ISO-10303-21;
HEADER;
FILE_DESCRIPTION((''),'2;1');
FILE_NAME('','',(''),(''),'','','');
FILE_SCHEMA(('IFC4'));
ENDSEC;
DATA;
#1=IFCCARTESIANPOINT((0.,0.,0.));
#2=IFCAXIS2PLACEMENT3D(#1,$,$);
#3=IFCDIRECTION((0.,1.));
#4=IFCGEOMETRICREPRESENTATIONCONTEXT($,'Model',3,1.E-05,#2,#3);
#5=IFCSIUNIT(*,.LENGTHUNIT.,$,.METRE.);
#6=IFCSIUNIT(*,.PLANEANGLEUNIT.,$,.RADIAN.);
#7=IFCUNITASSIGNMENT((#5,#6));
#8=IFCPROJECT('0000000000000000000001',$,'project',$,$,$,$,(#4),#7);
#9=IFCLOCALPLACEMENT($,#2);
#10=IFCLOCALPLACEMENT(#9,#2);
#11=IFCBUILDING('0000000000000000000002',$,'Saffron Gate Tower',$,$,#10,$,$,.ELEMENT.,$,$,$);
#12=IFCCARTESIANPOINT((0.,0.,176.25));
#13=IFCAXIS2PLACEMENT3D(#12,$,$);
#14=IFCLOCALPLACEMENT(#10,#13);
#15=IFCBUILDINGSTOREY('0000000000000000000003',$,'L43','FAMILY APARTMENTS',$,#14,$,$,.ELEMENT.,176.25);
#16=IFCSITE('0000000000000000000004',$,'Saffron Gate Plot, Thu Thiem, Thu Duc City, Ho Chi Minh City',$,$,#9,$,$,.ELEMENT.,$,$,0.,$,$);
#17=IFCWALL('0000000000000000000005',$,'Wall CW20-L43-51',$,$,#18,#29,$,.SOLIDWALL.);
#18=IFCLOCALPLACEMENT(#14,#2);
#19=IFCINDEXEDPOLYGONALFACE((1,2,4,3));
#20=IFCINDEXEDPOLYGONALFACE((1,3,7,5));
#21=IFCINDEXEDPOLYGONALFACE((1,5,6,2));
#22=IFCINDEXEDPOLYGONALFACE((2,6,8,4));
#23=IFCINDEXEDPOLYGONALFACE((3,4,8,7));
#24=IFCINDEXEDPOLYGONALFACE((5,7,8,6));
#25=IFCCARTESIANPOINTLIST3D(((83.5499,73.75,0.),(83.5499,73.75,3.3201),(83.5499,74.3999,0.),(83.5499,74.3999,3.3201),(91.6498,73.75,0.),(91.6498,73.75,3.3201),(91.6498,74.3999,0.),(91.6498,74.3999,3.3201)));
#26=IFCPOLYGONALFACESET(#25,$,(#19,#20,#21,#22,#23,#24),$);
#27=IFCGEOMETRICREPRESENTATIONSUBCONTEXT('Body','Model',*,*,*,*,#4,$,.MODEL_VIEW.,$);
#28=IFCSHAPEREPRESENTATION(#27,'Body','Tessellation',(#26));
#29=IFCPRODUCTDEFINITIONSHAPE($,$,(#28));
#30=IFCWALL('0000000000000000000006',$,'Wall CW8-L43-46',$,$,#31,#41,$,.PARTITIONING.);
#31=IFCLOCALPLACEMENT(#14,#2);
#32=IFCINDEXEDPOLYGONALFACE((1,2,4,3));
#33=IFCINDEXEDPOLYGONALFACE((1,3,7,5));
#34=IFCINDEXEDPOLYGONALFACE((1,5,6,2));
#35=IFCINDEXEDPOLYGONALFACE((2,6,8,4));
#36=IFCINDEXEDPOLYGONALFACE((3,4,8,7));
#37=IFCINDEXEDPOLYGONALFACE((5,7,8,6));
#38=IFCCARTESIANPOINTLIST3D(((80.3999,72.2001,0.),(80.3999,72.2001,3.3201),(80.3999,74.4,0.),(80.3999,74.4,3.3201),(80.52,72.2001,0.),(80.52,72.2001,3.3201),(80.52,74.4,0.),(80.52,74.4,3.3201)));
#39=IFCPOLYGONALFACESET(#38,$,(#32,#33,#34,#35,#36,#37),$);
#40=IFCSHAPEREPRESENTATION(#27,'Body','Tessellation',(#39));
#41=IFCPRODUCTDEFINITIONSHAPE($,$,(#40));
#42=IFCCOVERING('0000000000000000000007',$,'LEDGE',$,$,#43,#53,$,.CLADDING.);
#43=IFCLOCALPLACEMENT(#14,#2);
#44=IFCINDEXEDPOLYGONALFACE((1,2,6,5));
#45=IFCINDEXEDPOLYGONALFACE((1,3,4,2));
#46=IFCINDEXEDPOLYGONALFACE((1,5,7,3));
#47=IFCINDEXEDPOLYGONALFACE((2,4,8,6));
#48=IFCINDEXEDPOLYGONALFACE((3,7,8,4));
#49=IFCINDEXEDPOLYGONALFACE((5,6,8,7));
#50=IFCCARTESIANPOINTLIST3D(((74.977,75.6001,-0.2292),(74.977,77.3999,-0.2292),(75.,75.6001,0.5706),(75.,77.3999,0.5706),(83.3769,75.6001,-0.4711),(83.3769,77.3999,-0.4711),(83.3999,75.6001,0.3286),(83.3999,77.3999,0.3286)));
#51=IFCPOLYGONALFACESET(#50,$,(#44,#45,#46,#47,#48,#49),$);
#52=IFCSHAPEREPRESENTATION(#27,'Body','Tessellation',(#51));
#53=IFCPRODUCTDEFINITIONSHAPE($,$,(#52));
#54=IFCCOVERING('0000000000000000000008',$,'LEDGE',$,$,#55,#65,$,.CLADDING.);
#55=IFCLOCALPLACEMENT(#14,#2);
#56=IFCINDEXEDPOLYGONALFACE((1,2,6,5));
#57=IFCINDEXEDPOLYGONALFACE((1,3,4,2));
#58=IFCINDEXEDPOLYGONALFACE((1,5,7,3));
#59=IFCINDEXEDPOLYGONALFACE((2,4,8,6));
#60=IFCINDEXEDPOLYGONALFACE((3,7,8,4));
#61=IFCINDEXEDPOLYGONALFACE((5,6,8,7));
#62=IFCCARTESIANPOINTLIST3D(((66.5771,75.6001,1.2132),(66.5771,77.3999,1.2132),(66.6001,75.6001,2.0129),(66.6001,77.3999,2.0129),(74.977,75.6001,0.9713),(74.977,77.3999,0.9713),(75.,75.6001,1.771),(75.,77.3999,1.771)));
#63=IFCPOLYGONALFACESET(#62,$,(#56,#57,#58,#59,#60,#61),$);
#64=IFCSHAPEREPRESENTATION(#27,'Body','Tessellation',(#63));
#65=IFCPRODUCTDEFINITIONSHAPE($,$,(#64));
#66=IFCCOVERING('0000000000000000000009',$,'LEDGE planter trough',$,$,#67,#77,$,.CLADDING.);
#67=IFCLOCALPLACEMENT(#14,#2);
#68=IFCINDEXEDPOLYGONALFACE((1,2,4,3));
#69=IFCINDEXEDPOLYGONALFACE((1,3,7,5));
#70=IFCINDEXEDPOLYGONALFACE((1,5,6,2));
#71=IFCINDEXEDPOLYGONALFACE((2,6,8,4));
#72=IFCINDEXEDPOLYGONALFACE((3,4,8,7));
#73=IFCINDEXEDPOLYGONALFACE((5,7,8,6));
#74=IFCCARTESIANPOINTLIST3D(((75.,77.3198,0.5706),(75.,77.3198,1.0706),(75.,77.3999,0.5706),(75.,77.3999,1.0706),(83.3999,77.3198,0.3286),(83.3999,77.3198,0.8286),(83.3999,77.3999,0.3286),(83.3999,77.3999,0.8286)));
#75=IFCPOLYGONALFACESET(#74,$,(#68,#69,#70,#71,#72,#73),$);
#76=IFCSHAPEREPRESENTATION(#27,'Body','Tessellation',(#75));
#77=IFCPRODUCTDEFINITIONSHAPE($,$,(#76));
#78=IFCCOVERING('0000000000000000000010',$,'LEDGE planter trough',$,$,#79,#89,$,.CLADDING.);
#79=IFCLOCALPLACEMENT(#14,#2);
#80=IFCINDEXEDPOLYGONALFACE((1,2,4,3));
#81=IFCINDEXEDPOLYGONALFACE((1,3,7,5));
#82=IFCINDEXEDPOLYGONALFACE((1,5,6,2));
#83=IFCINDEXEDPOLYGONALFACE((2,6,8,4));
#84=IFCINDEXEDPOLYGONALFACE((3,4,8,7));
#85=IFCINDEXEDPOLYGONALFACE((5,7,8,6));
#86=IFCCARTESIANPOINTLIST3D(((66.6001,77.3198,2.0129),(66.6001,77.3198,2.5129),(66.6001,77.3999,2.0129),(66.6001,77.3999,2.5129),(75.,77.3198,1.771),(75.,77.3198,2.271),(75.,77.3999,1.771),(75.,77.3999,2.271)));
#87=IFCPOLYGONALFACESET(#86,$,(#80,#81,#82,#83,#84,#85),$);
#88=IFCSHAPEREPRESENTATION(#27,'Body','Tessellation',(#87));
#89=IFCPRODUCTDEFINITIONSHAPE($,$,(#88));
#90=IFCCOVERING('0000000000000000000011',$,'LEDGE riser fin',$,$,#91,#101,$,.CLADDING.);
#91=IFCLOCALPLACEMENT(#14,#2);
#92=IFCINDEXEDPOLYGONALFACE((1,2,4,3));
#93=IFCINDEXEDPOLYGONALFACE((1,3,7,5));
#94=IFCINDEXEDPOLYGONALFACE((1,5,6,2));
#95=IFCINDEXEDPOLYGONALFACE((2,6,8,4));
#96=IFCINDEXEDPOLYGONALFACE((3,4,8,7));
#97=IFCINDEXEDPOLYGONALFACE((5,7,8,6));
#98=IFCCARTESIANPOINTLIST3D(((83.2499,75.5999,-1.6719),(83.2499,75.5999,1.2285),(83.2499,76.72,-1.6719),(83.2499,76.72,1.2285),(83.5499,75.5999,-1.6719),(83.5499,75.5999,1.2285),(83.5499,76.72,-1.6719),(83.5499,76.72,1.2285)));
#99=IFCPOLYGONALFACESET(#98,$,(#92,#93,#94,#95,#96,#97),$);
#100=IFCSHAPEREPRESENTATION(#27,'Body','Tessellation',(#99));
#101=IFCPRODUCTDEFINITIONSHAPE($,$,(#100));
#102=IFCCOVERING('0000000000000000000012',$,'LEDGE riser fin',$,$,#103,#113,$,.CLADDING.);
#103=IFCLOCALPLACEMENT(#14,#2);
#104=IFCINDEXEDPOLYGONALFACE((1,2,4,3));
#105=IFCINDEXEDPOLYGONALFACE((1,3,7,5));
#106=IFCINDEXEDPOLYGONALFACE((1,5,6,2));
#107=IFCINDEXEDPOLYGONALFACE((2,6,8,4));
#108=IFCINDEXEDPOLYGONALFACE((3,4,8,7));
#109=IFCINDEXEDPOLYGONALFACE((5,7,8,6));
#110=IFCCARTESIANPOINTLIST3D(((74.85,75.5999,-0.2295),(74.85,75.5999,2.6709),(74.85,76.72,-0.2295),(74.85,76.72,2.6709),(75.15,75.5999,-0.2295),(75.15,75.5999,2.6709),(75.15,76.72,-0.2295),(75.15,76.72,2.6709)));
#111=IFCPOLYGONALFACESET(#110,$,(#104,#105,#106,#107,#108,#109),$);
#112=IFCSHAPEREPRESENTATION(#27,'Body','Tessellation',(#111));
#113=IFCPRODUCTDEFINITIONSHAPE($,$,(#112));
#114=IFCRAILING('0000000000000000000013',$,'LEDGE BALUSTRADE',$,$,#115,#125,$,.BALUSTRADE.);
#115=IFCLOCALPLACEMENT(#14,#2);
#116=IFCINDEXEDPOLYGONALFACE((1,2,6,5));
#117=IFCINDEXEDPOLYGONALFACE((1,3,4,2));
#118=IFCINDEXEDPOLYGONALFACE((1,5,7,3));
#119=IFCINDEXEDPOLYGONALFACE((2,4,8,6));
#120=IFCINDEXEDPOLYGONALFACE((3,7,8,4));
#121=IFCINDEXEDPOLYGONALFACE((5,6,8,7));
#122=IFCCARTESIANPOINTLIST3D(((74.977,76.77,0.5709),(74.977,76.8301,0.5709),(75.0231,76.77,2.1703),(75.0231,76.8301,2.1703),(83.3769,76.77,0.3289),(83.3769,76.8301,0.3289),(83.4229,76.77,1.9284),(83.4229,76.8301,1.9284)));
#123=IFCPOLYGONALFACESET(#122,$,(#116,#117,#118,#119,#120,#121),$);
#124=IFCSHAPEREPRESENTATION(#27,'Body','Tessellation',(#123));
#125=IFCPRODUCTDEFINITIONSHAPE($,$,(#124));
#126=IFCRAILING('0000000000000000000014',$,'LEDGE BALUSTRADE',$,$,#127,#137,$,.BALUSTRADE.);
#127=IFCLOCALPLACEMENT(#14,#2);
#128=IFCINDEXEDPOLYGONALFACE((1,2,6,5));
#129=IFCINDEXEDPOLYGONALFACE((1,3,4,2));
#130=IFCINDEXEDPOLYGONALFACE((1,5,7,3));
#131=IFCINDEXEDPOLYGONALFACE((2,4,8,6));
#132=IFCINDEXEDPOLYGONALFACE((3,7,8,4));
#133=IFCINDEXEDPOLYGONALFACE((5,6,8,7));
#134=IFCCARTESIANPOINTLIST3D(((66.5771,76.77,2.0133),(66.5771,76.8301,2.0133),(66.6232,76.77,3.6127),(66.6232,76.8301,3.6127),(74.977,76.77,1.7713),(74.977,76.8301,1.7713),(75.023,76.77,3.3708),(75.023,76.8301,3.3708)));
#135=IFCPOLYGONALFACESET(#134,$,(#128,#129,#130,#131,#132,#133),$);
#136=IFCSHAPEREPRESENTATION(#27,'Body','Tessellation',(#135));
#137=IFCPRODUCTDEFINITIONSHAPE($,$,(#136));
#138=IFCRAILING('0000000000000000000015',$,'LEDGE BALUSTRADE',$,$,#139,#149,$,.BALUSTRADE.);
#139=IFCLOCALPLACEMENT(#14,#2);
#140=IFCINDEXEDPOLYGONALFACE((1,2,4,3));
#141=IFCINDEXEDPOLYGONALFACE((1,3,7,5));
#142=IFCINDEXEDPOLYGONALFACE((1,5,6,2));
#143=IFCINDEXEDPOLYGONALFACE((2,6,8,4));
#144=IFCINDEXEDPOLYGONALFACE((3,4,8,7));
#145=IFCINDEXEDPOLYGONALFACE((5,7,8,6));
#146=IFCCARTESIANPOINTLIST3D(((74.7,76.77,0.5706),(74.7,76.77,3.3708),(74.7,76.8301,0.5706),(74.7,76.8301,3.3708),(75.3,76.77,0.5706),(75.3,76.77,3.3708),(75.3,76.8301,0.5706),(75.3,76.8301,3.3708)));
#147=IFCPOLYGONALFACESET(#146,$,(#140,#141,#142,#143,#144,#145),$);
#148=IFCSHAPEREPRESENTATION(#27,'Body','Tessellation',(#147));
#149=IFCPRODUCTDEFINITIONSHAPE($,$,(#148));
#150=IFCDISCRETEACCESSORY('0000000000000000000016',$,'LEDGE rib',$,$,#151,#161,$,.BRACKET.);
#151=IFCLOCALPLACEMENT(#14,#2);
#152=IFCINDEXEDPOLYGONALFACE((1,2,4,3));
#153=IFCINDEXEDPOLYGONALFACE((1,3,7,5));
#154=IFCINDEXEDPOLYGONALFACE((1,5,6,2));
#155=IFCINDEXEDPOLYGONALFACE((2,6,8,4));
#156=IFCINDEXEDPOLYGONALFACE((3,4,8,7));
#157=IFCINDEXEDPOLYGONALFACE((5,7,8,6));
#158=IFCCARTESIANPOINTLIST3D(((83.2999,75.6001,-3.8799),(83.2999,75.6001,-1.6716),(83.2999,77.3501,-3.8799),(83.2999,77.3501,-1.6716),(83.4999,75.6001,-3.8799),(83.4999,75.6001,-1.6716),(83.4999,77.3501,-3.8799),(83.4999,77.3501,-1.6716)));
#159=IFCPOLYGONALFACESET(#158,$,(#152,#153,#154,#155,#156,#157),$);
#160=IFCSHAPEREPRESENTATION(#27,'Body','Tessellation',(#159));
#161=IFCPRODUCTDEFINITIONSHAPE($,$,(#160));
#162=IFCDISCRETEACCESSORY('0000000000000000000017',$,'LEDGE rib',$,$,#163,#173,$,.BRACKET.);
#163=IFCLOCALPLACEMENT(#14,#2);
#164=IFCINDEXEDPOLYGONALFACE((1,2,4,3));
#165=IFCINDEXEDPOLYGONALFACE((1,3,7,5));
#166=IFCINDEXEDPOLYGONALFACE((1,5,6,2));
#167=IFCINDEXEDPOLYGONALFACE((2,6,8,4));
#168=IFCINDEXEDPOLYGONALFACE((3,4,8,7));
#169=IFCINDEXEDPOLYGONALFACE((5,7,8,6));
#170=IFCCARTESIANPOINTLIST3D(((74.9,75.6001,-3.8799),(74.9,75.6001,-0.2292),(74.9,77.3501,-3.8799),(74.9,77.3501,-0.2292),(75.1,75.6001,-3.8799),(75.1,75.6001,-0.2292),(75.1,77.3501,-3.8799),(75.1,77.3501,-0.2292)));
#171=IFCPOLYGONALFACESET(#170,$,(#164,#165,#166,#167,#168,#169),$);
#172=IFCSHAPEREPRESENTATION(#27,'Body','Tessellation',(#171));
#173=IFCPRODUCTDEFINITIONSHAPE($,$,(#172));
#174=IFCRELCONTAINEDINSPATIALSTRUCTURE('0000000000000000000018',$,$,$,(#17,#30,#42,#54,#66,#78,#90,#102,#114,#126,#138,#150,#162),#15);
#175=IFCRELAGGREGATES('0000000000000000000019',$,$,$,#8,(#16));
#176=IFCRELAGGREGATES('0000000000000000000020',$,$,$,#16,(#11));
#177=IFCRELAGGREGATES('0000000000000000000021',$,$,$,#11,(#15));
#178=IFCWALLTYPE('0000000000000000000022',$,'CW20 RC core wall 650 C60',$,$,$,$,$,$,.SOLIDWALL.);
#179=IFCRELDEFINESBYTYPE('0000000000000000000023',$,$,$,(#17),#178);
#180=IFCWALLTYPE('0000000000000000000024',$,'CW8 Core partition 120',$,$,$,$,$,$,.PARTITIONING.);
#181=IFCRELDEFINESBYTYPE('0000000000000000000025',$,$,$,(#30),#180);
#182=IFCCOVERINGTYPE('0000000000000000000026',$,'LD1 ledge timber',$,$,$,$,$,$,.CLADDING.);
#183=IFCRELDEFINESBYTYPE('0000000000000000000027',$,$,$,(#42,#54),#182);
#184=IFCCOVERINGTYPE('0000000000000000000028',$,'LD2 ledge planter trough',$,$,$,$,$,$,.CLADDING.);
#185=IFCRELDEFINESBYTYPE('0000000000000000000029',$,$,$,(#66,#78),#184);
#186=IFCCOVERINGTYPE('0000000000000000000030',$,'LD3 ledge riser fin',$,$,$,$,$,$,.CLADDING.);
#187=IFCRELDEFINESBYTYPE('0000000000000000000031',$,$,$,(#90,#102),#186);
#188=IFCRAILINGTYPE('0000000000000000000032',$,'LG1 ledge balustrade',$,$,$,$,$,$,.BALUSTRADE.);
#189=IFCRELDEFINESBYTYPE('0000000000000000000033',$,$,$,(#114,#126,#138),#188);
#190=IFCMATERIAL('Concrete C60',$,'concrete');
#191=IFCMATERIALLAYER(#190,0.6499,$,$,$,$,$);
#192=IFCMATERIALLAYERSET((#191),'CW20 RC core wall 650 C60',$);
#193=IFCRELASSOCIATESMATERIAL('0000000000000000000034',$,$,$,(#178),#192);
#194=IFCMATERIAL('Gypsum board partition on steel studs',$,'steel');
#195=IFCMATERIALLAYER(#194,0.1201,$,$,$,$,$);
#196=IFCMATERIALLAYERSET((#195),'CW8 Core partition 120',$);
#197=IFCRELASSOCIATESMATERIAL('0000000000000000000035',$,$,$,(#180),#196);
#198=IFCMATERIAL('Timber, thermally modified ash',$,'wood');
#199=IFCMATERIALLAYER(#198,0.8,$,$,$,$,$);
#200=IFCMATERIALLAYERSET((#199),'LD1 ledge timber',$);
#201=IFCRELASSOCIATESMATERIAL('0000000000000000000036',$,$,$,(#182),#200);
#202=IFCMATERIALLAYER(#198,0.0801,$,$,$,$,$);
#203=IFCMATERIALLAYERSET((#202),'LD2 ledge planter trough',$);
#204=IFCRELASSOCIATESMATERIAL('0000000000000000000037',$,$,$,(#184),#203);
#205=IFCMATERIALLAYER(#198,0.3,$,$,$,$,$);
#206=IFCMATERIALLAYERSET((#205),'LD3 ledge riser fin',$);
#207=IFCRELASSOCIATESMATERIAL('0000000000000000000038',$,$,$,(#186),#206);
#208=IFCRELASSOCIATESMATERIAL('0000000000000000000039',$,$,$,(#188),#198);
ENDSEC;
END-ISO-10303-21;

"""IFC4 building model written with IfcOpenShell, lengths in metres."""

from ifc_helpers import new_model, si_unit, direction, frame, frame_2d, origin, origin_2d, place, context, subcontext, project, spatial, polyline, rectangle, outline, extrude, material, layer, layer_set, type_object, element, save


model = new_model("IFC4")

# Units and contexts
model_context = context("Model", 3, precision=1e-05, world=origin(), true_north=direction((0.0, 1.0)))
body_context = subcontext(model_context, "Body", "Model", "MODEL_VIEW")
ifc_project = project(units=[si_unit("LENGTHUNIT", "METRE"), si_unit("PLANEANGLEUNIT", "RADIAN")], contexts=[model_context])

# Site, building, storey
site_placement = place(None, origin())
site = spatial("IfcSite", under=ifc_project, at=site_placement, Name="Saffron Gate Plot, Thu Thiem, Thu Duc City, Ho Chi Minh City", CompositionType="ELEMENT", RefElevation=0.0)
building_placement = place(site_placement, origin())
building = spatial("IfcBuilding", under=site, at=building_placement, Name="Saffron Gate Tower", CompositionType="ELEMENT")
storey_placement = place(building_placement, frame((0.0, 0.0, 176.25)))
storey = spatial("IfcBuildingStorey", under=building, at=storey_placement, Name="L43", Description="FAMILY APARTMENTS", CompositionType="ELEMENT", Elevation=176.25)

# Walls
ifc_material_1 = material(Name="Concrete C60", Category="concrete")
ifc_layer_1 = layer(ifc_material_1, 0.6499)
ifc_layer_set_1 = layer_set([ifc_layer_1], Name="CW20 RC core wall 650 C60")
wall_type_1 = type_object("IfcWallType", Name="CW20 RC core wall 650 C60", PredefinedType="SOLIDWALL", material=ifc_layer_set_1)
wall_1_placement = place(storey_placement, frame((83.55, 74.075, 0.0), z_axis=(0.0, 0.0, 1.0), x_axis=(1.0, 0.0, 0.0)))
element("IfcWall", 1, at=wall_1_placement, inside=storey, type_object=wall_type_1, Name="Wall CW20-L43-51", PredefinedType="SOLIDWALL", context=body_context, shape_type="SweptSolid", body=[
    extrude(rectangle(XDim=8.0999, YDim=0.6499, at=frame_2d((4.0498, 0.0))), origin(), (0.0, 0.0, 1.0), 3.3201),
])
ifc_material_2 = material(Name="Gypsum board partition on steel studs", Category="steel")
ifc_layer_2 = layer(ifc_material_2, 0.1201)
ifc_layer_set_2 = layer_set([ifc_layer_2], Name="CW8 Core partition 120")
wall_type_2 = type_object("IfcWallType", Name="CW8 Core partition 120", PredefinedType="PARTITIONING", material=ifc_layer_set_2)
wall_2_placement = place(storey_placement, frame((80.46, 72.2, 0.0), z_axis=(0.0, 0.0, 1.0), x_axis=(0.0, 1.0, 0.0)))
element("IfcWall", 2, at=wall_2_placement, inside=storey, type_object=wall_type_2, Name="Wall CW8-L43-46", PredefinedType="PARTITIONING", context=body_context, shape_type="SweptSolid", body=[
    extrude(rectangle(XDim=2.2, YDim=0.1201, at=frame_2d((1.1001, 0.0))), origin(), (0.0, 0.0, 1.0), 3.3201),
])

# Coverings
ifc_material_3 = material(Name="Timber, thermally modified ash", Category="wood")
ifc_layer_3 = layer(ifc_material_3, 0.8)
ifc_layer_set_3 = layer_set([ifc_layer_3], Name="LD1 ledge timber")
covering_type_1 = type_object("IfcCoveringType", Name="LD1 ledge timber", PredefinedType="CLADDING", material=ifc_layer_set_3)
for number, where, z_axis, x_axis, name in (
    (3, (83.3999, 75.6001, 0.3286), (0.028791, 0.0, 0.999585), (-0.999585, 0.0, 0.028791), "LEDGE"),
    (4, (75.0, 75.6001, 1.771), (0.028791, 0.0, 0.999585), (-0.999585, 0.0, 0.028791), "LEDGE"),
):
    element("IfcCovering", number, at=place(storey_placement, frame(where, z_axis=z_axis, x_axis=x_axis)), inside=storey, type_object=covering_type_1, Name=name, PredefinedType="CLADDING", context=body_context, shape_type="SweptSolid", body=[
        extrude(outline(polyline([(0.0, 0.0), (8.4034, 0.0), (8.4034, -1.7998), (0.0, -1.7998), (0.0, 0.0)])), origin(), (0.0, 0.0, -1.0), 0.8),
    ])
ifc_layer_4 = layer(ifc_material_3, 0.0801)
ifc_layer_set_4 = layer_set([ifc_layer_4], Name="LD2 ledge planter trough")
covering_type_2 = type_object("IfcCoveringType", Name="LD2 ledge planter trough", PredefinedType="CLADDING", material=ifc_layer_set_4)
for number, where, z_axis, x_axis, name in (
    (5, (83.3999, 77.3999, 0.3286), (0.0, 1.0, 0.0), (-0.999585, 0.0, 0.028791), "LEDGE planter trough"),
    (6, (75.0, 77.3999, 1.771), (0.0, 1.0, 0.0), (-0.999585, 0.0, 0.028791), "LEDGE planter trough"),
):
    element("IfcCovering", number, at=place(storey_placement, frame(where, z_axis=z_axis, x_axis=x_axis)), inside=storey, type_object=covering_type_2, Name=name, PredefinedType="CLADDING", context=body_context, shape_type="SweptSolid", body=[
        extrude(outline(polyline([(0.0, 0.0), (8.4034, 0.0), (8.4178, 0.4998), (0.0144, 0.4998), (0.0, 0.0)])), origin(), (0.0, 0.0, -1.0), 0.0801),
    ])
ifc_layer_5 = layer(ifc_material_3, 0.3)
ifc_layer_set_5 = layer_set([ifc_layer_5], Name="LD3 ledge riser fin")
covering_type_3 = type_object("IfcCoveringType", Name="LD3 ledge riser fin", PredefinedType="CLADDING", material=ifc_layer_set_5)
for number, where, z_axis, x_axis, name in (
    (7, (83.3999, 76.1599, -1.6719), (0.0, 0.0, 1.0), (-1.0, 0.0, 0.0), "LEDGE riser fin"),
    (8, (75.0, 76.1599, -0.2295), (0.0, 0.0, 1.0), (-1.0, 0.0, 0.0), "LEDGE riser fin"),
):
    element("IfcCovering", number, at=place(storey_placement, frame(where, z_axis=z_axis, x_axis=x_axis)), inside=storey, type_object=covering_type_3, Name=name, PredefinedType="CLADDING", context=body_context, shape_type="SweptSolid", body=[
        extrude(rectangle(XDim=0.3, YDim=1.1201, at=origin_2d()), origin(), (0.0, 0.0, 1.0), 2.9004),
    ])

# Railings
railing_type = type_object("IfcRailingType", Name="LG1 ledge balustrade", PredefinedType="BALUSTRADE", material=ifc_material_3)
for number, where, name in (
    (9, (83.3999, 76.8, 0.3286), "LEDGE BALUSTRADE"),
    (10, (75.0, 76.8, 1.771), "LEDGE BALUSTRADE"),
):
    element("IfcRailing", number, at=place(storey_placement, frame(where)), inside=storey, type_object=railing_type, Name=name, PredefinedType="BALUSTRADE", context=body_context, shape_type="SweptSolid", body=[
        extrude(rectangle(XDim=0.0601, YDim=1.6001, at=origin_2d()), frame((0.0, 0.0, 0.8), z_axis=(-0.999585, 0.0, 0.028791), x_axis=(0.0, -1.0, 0.0)), (0.0, 0.0, 1.0), 8.4033),
    ])
railing_placement = place(storey_placement, frame((75.3, 76.8, 0.5706)))
element("IfcRailing", 11, at=railing_placement, inside=storey, type_object=railing_type, Name="LEDGE BALUSTRADE", PredefinedType="BALUSTRADE", context=body_context, shape_type="SweptSolid", body=[
    extrude(rectangle(XDim=0.0601, YDim=2.8003, at=origin_2d()), frame((0.0, 0.0, 1.4001), z_axis=(-1.0, 0.0, 0.0), x_axis=(0.0, -1.0, 0.0)), (0.0, 0.0, 1.0), 0.6001),
])

# Discrete accessories
discrete_accessory_1_placement = place(storey_placement, frame((83.3999, 76.4751, -3.8799), z_axis=(0.0, 0.0, 1.0), x_axis=(-1.0, 0.0, 0.0)))
element("IfcDiscreteAccessory", 12, at=discrete_accessory_1_placement, inside=storey, Name="LEDGE rib", PredefinedType="BRACKET", context=body_context, shape_type="SweptSolid", body=[
    extrude(rectangle(XDim=0.2, YDim=1.75, at=origin_2d()), origin(), (0.0, 0.0, 1.0), 2.2083),
])
discrete_accessory_2_placement = place(storey_placement, frame((75.0, 76.4751, -3.8799), z_axis=(0.0, 0.0, 1.0), x_axis=(-1.0, 0.0, 0.0)))
element("IfcDiscreteAccessory", 13, at=discrete_accessory_2_placement, inside=storey, Name="LEDGE rib", PredefinedType="BRACKET", context=body_context, shape_type="SweptSolid", body=[
    extrude(rectangle(XDim=0.2, YDim=1.75, at=origin_2d()), origin(), (0.0, 0.0, 1.0), 3.6506),
])

save(model, "model.ifc")
